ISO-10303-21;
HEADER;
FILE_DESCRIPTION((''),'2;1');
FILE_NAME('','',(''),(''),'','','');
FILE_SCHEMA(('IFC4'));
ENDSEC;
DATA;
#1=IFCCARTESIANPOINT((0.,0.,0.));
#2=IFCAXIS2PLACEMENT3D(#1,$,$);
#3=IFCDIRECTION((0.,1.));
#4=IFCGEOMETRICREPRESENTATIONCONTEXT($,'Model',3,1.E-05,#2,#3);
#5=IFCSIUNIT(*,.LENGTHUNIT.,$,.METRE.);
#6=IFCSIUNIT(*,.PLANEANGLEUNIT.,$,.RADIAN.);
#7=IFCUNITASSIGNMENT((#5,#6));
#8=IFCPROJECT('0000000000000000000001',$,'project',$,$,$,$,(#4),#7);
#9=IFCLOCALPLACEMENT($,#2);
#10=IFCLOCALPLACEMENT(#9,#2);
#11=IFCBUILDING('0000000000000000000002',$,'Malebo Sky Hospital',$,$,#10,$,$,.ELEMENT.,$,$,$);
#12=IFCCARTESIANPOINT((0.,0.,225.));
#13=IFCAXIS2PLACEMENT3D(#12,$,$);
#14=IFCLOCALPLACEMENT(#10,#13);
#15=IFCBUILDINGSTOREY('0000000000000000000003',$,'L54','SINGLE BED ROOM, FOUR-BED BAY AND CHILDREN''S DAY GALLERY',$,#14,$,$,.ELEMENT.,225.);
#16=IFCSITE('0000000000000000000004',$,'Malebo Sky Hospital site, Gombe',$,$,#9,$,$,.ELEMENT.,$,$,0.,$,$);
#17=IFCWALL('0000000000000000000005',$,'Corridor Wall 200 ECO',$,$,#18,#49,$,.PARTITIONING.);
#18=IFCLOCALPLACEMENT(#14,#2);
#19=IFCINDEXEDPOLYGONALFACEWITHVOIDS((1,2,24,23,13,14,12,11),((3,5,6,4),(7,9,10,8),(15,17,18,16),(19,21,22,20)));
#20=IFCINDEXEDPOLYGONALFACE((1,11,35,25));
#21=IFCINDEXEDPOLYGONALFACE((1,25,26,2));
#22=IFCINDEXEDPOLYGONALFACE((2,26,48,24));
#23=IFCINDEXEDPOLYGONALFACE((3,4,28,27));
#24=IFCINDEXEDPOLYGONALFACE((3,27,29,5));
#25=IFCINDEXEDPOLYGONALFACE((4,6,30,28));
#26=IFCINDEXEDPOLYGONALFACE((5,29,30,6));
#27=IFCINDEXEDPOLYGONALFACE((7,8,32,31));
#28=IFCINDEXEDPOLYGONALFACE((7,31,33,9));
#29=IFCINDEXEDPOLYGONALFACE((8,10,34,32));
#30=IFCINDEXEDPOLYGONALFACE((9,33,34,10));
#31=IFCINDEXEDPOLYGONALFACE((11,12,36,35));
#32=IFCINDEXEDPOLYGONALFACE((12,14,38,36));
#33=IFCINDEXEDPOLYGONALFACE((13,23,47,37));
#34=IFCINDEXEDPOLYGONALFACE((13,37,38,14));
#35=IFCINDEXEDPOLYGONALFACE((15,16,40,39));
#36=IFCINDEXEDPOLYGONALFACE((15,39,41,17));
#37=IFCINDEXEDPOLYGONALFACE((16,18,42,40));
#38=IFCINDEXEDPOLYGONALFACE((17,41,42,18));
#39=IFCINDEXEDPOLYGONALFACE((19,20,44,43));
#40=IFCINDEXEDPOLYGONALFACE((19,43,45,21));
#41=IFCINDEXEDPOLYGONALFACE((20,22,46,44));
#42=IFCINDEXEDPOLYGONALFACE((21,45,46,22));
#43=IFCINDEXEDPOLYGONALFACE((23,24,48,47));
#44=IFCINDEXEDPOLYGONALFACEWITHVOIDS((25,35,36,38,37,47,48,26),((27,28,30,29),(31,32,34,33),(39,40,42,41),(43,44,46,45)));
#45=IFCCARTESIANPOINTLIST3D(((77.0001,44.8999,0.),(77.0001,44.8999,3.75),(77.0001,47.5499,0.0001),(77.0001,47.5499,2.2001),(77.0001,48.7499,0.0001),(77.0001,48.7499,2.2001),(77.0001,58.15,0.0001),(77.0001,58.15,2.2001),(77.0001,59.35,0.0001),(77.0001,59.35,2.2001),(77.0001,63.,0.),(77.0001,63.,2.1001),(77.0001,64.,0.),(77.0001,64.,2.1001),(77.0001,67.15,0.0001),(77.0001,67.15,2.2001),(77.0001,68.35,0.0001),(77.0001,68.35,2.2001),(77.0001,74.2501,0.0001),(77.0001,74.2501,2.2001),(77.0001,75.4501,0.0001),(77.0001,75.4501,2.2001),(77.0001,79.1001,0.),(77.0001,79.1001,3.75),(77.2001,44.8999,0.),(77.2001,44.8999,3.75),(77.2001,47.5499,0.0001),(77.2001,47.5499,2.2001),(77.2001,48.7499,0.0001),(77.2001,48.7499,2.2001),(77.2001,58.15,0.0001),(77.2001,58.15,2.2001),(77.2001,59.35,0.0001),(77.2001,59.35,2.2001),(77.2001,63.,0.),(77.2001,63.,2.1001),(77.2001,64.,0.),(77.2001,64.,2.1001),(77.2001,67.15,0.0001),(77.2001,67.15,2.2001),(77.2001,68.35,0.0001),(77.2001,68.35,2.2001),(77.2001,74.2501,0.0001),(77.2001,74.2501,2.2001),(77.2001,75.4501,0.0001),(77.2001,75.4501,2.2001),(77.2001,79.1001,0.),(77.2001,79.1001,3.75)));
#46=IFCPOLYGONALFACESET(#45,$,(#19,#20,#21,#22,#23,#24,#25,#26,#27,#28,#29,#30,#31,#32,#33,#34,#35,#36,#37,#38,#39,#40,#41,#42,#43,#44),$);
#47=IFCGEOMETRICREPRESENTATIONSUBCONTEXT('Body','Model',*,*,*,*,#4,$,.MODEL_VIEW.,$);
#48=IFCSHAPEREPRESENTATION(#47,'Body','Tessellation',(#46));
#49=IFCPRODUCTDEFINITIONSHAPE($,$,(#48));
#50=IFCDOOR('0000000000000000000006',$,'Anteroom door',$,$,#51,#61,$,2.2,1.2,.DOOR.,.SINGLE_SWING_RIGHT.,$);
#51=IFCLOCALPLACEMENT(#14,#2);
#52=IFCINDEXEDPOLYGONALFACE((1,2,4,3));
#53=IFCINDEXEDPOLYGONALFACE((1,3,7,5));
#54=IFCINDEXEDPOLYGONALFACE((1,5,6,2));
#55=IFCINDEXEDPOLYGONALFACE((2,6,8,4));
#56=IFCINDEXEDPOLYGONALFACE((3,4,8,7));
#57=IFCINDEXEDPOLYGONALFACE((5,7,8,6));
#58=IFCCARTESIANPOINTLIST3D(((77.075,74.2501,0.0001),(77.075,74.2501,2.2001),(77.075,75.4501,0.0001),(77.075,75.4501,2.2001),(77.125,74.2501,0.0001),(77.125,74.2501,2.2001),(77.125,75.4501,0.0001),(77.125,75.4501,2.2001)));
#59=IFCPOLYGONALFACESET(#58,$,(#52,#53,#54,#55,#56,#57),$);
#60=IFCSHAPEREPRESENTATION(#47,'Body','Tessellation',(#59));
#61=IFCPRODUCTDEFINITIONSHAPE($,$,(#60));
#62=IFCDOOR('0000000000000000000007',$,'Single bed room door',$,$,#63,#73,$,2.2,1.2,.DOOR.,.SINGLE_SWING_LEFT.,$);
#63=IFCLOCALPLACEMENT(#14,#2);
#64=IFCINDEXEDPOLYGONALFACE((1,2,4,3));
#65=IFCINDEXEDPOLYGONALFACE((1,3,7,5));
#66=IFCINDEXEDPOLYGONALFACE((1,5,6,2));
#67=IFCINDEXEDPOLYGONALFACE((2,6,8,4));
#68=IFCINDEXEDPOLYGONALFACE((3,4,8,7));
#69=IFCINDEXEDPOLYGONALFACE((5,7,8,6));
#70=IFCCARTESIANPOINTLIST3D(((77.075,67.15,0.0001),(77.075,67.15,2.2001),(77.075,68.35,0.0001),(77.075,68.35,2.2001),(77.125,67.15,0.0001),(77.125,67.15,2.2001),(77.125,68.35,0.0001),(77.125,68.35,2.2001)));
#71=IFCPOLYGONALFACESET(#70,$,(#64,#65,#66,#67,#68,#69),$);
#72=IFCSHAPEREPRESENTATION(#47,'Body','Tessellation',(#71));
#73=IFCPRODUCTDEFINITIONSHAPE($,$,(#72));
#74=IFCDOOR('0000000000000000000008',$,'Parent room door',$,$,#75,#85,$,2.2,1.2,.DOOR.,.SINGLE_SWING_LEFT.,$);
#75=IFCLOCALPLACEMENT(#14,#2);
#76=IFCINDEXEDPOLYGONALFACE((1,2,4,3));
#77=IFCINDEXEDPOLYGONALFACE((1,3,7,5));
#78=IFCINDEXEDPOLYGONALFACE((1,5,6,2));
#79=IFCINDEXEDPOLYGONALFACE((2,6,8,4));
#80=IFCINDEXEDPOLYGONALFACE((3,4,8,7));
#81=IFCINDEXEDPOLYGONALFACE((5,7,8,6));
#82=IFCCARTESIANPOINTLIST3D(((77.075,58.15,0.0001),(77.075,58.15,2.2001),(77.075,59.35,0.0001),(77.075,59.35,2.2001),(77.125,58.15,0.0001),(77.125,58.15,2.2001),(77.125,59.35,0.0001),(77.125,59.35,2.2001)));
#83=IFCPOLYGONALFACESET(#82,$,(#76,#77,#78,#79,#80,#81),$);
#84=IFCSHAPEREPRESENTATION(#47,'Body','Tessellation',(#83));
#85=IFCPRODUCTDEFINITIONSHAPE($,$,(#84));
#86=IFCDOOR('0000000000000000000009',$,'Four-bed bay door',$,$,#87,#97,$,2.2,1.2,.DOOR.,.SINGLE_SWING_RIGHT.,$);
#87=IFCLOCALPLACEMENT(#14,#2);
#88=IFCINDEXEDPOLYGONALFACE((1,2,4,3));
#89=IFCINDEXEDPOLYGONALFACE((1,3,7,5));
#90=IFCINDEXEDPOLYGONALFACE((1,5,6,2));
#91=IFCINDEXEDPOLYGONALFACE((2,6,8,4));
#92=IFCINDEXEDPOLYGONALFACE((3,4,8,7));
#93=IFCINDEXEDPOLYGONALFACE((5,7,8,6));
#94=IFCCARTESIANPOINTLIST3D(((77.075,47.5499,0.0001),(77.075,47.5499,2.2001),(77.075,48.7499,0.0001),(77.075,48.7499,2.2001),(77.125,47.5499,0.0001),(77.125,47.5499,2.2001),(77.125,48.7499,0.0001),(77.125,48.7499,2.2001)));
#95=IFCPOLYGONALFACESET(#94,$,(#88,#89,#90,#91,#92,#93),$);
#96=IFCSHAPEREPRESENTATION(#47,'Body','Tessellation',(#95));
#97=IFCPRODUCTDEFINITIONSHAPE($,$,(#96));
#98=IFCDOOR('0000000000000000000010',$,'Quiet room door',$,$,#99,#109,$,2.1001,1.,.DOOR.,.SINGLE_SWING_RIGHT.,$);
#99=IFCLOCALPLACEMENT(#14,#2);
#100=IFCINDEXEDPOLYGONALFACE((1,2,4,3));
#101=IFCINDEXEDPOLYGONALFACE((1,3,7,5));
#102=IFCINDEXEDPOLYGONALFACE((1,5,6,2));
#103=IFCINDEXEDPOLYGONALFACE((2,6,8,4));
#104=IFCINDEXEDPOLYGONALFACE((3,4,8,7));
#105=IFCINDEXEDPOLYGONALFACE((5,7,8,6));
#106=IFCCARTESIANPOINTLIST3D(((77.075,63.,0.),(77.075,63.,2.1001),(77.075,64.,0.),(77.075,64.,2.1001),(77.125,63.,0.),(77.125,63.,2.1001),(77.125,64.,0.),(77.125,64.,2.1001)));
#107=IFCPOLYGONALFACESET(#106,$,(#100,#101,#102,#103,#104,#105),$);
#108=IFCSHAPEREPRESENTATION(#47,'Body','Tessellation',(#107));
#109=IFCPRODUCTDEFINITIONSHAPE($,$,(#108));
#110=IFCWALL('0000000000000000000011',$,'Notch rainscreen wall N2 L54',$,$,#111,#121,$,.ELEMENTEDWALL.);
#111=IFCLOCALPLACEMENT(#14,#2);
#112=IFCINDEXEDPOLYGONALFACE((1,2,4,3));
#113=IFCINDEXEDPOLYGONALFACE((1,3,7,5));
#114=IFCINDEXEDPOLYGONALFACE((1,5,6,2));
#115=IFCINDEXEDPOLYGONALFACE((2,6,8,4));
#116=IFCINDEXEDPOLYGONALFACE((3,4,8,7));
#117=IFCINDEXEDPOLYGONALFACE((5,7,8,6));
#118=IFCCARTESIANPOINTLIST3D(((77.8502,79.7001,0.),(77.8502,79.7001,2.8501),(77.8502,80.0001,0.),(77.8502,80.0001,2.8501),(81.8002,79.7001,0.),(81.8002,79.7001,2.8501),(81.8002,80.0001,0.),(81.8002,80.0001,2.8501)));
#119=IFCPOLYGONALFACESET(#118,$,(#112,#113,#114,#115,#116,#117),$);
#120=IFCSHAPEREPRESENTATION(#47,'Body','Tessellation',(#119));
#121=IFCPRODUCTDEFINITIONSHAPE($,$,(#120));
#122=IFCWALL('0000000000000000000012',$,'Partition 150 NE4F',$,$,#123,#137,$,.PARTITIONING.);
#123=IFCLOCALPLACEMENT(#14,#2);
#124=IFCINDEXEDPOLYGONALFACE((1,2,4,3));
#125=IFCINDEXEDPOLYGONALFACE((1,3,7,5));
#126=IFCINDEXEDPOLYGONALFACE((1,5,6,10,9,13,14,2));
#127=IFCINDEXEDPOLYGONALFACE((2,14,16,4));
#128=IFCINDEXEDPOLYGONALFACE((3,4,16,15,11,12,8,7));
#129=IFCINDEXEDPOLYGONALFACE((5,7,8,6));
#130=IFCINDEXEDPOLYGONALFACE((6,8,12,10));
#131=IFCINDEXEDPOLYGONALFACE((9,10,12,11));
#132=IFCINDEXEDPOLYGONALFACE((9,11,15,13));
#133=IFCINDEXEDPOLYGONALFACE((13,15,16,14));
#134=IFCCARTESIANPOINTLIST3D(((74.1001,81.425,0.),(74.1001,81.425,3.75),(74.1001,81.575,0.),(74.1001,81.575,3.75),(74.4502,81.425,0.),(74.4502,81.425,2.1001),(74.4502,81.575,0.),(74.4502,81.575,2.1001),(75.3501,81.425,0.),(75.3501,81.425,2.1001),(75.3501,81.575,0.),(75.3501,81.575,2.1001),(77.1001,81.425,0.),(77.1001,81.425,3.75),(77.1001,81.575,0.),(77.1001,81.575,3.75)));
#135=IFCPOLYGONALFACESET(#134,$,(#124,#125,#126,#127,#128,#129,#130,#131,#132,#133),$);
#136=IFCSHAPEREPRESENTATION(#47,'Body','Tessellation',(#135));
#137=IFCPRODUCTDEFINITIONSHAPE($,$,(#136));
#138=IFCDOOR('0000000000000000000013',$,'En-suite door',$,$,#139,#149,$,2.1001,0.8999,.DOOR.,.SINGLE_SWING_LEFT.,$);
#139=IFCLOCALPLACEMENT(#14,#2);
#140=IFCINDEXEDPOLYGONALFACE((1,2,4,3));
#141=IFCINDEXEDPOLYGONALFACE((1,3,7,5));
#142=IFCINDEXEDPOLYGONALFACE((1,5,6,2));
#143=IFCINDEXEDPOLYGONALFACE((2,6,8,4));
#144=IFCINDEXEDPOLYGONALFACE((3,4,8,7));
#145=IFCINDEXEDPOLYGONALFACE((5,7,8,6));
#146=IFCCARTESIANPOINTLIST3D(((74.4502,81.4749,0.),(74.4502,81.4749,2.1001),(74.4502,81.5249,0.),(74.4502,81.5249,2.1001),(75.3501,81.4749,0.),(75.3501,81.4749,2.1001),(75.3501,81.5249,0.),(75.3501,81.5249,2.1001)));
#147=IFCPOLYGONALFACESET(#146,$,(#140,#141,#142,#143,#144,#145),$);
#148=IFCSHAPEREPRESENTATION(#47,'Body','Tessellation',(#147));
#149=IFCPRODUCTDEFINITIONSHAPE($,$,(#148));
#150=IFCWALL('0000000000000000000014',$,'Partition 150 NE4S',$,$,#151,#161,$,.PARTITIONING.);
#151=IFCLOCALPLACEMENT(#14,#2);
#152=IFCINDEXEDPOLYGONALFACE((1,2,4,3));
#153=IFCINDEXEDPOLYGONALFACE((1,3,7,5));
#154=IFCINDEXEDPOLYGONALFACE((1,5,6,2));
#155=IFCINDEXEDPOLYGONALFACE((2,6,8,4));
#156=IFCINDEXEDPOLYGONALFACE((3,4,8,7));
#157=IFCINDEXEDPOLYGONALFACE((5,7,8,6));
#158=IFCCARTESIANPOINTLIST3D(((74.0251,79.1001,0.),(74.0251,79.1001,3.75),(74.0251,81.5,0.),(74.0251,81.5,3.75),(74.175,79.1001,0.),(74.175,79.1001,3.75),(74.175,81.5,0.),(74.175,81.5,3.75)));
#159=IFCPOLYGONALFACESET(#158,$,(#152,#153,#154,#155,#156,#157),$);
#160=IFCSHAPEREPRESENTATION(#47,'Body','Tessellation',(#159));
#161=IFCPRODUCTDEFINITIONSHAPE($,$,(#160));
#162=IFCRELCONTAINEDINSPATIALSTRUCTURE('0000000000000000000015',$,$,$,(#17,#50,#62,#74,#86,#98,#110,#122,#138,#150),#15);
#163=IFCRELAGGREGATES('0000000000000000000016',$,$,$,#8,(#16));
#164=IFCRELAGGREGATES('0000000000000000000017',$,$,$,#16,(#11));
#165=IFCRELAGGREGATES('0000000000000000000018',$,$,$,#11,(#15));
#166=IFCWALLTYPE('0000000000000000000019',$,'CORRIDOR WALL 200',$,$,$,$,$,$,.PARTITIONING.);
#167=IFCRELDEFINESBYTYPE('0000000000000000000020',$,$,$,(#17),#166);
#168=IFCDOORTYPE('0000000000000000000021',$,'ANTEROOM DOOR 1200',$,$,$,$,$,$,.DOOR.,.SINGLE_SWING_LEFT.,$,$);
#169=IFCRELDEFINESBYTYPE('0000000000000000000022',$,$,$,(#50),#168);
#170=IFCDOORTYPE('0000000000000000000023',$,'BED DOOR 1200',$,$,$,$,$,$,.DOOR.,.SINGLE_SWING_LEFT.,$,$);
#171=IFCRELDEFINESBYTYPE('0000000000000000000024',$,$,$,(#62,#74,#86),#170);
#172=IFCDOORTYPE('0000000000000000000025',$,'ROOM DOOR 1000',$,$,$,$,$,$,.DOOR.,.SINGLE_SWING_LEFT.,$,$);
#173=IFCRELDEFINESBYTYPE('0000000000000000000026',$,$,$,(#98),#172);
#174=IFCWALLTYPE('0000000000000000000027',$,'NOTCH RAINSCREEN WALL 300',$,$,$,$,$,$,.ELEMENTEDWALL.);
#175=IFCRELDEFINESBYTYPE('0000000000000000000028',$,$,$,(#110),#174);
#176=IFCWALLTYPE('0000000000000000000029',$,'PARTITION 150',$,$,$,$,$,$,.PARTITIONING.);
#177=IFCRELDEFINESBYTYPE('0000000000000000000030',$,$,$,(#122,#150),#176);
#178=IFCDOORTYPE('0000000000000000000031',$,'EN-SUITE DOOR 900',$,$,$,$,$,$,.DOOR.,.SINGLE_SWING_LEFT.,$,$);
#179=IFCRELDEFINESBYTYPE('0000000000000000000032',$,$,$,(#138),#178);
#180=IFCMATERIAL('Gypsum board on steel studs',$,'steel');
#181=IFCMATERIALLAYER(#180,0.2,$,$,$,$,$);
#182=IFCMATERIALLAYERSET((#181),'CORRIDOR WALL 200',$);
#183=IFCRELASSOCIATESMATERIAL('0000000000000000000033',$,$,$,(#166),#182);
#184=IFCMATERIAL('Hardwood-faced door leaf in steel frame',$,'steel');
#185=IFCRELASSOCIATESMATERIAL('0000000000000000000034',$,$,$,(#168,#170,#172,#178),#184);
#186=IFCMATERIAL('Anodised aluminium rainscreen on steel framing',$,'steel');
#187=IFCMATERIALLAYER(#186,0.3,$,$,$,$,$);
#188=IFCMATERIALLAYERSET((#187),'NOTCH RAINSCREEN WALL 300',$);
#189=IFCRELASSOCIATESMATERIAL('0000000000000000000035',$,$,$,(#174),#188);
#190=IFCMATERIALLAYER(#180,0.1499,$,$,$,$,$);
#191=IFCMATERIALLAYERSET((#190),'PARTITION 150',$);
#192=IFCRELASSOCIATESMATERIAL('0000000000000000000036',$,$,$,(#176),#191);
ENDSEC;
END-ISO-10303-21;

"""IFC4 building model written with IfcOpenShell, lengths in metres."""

from ifc_helpers import new_model, si_unit, direction, frame, frame_2d, origin, place, context, subcontext, project, spatial, rectangle, extrude, material, layer, layer_set, type_object, element, fill, save


model = new_model("IFC4")

# Units and contexts
model_context = context("Model", 3, precision=1e-05, world=origin(), true_north=direction((0.0, 1.0)))
body_context = subcontext(model_context, "Body", "Model", "MODEL_VIEW")
ifc_project = project(units=[si_unit("LENGTHUNIT", "METRE"), si_unit("PLANEANGLEUNIT", "RADIAN")], contexts=[model_context])

# Site, building, storey
site_placement = place(None, origin())
site = spatial("IfcSite", under=ifc_project, at=site_placement, Name="Malebo Sky Hospital site, Gombe", CompositionType="ELEMENT", RefElevation=0.0)
building_placement = place(site_placement, origin())
building = spatial("IfcBuilding", under=site, at=building_placement, Name="Malebo Sky Hospital", CompositionType="ELEMENT")
storey_placement = place(building_placement, frame((0.0, 0.0, 225.0)))
storey = spatial("IfcBuildingStorey", under=building, at=storey_placement, Name="L54", Description="SINGLE BED ROOM, FOUR-BED BAY AND CHILDREN'S DAY GALLERY", CompositionType="ELEMENT", Elevation=225.0)

# Wall, openings, doors
ifc_material_1 = material(Name="Gypsum board on steel studs", Category="steel")
ifc_layer_1 = layer(ifc_material_1, 0.2)
ifc_layer_set_1 = layer_set([ifc_layer_1], Name="CORRIDOR WALL 200")
wall_type_1 = type_object("IfcWallType", Name="CORRIDOR WALL 200", PredefinedType="PARTITIONING", material=ifc_layer_set_1)
wall_1_placement = place(storey_placement, frame((77.1001, 79.1001, 0.0), z_axis=(0.0, 0.0, 1.0), x_axis=(0.0, -1.0, 0.0)))
wall_1 = element("IfcWall", 1, at=wall_1_placement, inside=storey, type_object=wall_type_1, Name="Corridor Wall 200 ECO", PredefinedType="PARTITIONING", context=body_context, shape_type="SweptSolid", body=[
    extrude(rectangle(XDim=34.2002, YDim=0.2, at=frame_2d((17.1001, 0.0))), origin(), (0.0, 0.0, 1.0), 3.75),
])
opening_1_placement = place(wall_1_placement, frame((3.6499, 0.0, 0.0)))
opening_1 = element("IfcOpeningElement", 2, at=opening_1_placement, cuts=wall_1, PredefinedType="OPENING", context=body_context, shape_type="SweptSolid", body=[
    extrude(rectangle(XDim=1.2, YDim=2.2, at=frame_2d((0.6001, 1.1001))), frame((0.0, 0.1099, 0.0), z_axis=(0.0, -1.0, 0.0), x_axis=(1.0, 0.0, 0.0)), (0.0, 0.0, 1.0), 0.22),
])
opening_2_placement = place(wall_1_placement, frame((10.75, 0.0, 0.0)))
opening_2 = element("IfcOpeningElement", 3, at=opening_2_placement, cuts=wall_1, PredefinedType="OPENING", context=body_context, shape_type="SweptSolid", body=[
    extrude(rectangle(XDim=1.2, YDim=2.2, at=frame_2d((0.6001, 1.1001))), frame((0.0, 0.1099, 0.0), z_axis=(0.0, -1.0, 0.0), x_axis=(1.0, 0.0, 0.0)), (0.0, 0.0, 1.0), 0.22),
])
opening_3_placement = place(wall_1_placement, frame((15.1001, 0.0, 0.0)))
opening_3 = element("IfcOpeningElement", 4, at=opening_3_placement, cuts=wall_1, PredefinedType="OPENING", context=body_context, shape_type="SweptSolid", body=[
    extrude(rectangle(XDim=1.0, YDim=2.1001, at=frame_2d((0.5, 1.05))), frame((0.0, 0.1099, 0.0), z_axis=(0.0, -1.0, 0.0), x_axis=(1.0, 0.0, 0.0)), (0.0, 0.0, 1.0), 0.22),
])
opening_4_placement = place(wall_1_placement, frame((19.75, 0.0, 0.0)))
opening_4 = element("IfcOpeningElement", 5, at=opening_4_placement, cuts=wall_1, PredefinedType="OPENING", context=body_context, shape_type="SweptSolid", body=[
    extrude(rectangle(XDim=1.2, YDim=2.2, at=frame_2d((0.6001, 1.1001))), frame((0.0, 0.1099, 0.0), z_axis=(0.0, -1.0, 0.0), x_axis=(1.0, 0.0, 0.0)), (0.0, 0.0, 1.0), 0.22),
])
opening_5_placement = place(wall_1_placement, frame((30.3501, 0.0, 0.0)))
opening_5 = element("IfcOpeningElement", 6, at=opening_5_placement, cuts=wall_1, PredefinedType="OPENING", context=body_context, shape_type="SweptSolid", body=[
    extrude(rectangle(XDim=1.2, YDim=2.2, at=frame_2d((0.6001, 1.1001))), frame((0.0, 0.1099, 0.0), z_axis=(0.0, -1.0, 0.0), x_axis=(1.0, 0.0, 0.0)), (0.0, 0.0, 1.0), 0.22),
])
ifc_material_2 = material(Name="Hardwood-faced door leaf in steel frame", Category="steel")
door_type_1 = type_object("IfcDoorType", Name="ANTEROOM DOOR 1200", OperationType="SINGLE_SWING_LEFT", PredefinedType="DOOR", material=ifc_material_2)
door_1_placement = place(opening_1_placement, origin())
door_1 = element("IfcDoor", 7, at=door_1_placement, inside=storey, type_object=door_type_1, Name="Anteroom door", OperationType="SINGLE_SWING_RIGHT", OverallHeight=2.2, OverallWidth=1.2, PredefinedType="DOOR", context=body_context, shape_type="SweptSolid", body=[
    extrude(rectangle(XDim=1.2, YDim=2.2, at=frame_2d((0.6001, 1.1001))), frame((0.0, 0.0249, 0.0), z_axis=(0.0, -1.0, 0.0), x_axis=(1.0, 0.0, 0.0)), (0.0, 0.0, 1.0), 0.05),
])
fill(opening_1, door_1)
door_type_2 = type_object("IfcDoorType", Name="BED DOOR 1200", OperationType="SINGLE_SWING_LEFT", PredefinedType="DOOR", material=ifc_material_2)
door_2_placement = place(opening_2_placement, origin())
door_2 = element("IfcDoor", 8, at=door_2_placement, inside=storey, type_object=door_type_2, Name="Single bed room door", OperationType="SINGLE_SWING_LEFT", OverallHeight=2.2, OverallWidth=1.2, PredefinedType="DOOR", context=body_context, shape_type="SweptSolid", body=[
    extrude(rectangle(XDim=1.2, YDim=2.2, at=frame_2d((0.6001, 1.1001))), frame((0.0, 0.0249, 0.0), z_axis=(0.0, -1.0, 0.0), x_axis=(1.0, 0.0, 0.0)), (0.0, 0.0, 1.0), 0.05),
])
fill(opening_2, door_2)
door_3_placement = place(opening_4_placement, origin())
door_3 = element("IfcDoor", 9, at=door_3_placement, inside=storey, type_object=door_type_2, Name="Parent room door", OperationType="SINGLE_SWING_LEFT", OverallHeight=2.2, OverallWidth=1.2, PredefinedType="DOOR", context=body_context, shape_type="SweptSolid", body=[
    extrude(rectangle(XDim=1.2, YDim=2.2, at=frame_2d((0.6001, 1.1001))), frame((0.0, 0.0249, 0.0), z_axis=(0.0, -1.0, 0.0), x_axis=(1.0, 0.0, 0.0)), (0.0, 0.0, 1.0), 0.05),
])
fill(opening_4, door_3)
door_4_placement = place(opening_5_placement, origin())
door_4 = element("IfcDoor", 10, at=door_4_placement, inside=storey, type_object=door_type_2, Name="Four-bed bay door", OperationType="SINGLE_SWING_RIGHT", OverallHeight=2.2, OverallWidth=1.2, PredefinedType="DOOR", context=body_context, shape_type="SweptSolid", body=[
    extrude(rectangle(XDim=1.2, YDim=2.2, at=frame_2d((0.6001, 1.1001))), frame((0.0, 0.0249, 0.0), z_axis=(0.0, -1.0, 0.0), x_axis=(1.0, 0.0, 0.0)), (0.0, 0.0, 1.0), 0.05),
])
fill(opening_5, door_4)
door_type_3 = type_object("IfcDoorType", Name="ROOM DOOR 1000", OperationType="SINGLE_SWING_LEFT", PredefinedType="DOOR", material=ifc_material_2)
door_5_placement = place(opening_3_placement, origin())
door_5 = element("IfcDoor", 11, at=door_5_placement, inside=storey, type_object=door_type_3, Name="Quiet room door", OperationType="SINGLE_SWING_RIGHT", OverallHeight=2.1001, OverallWidth=1.0, PredefinedType="DOOR", context=body_context, shape_type="SweptSolid", body=[
    extrude(rectangle(XDim=1.0, YDim=2.1001, at=frame_2d((0.5, 1.05))), frame((0.0, 0.0249, 0.0), z_axis=(0.0, -1.0, 0.0), x_axis=(1.0, 0.0, 0.0)), (0.0, 0.0, 1.0), 0.05),
])
fill(opening_3, door_5)

# Wall
ifc_material_3 = material(Name="Anodised aluminium rainscreen on steel framing", Category="steel")
ifc_layer_2 = layer(ifc_material_3, 0.3)
ifc_layer_set_2 = layer_set([ifc_layer_2], Name="NOTCH RAINSCREEN WALL 300")
wall_type_2 = type_object("IfcWallType", Name="NOTCH RAINSCREEN WALL 300", PredefinedType="ELEMENTEDWALL", material=ifc_layer_set_2)
wall_2_placement = place(storey_placement, frame((77.8501, 79.8501, 0.0), z_axis=(0.0, 0.0, 1.0), x_axis=(1.0, 0.0, 0.0)))
element("IfcWall", 12, at=wall_2_placement, inside=storey, type_object=wall_type_2, Name="Notch rainscreen wall N2 L54", PredefinedType="ELEMENTEDWALL", context=body_context, shape_type="SweptSolid", body=[
    extrude(rectangle(XDim=3.95, YDim=0.3, at=frame_2d((1.9751, 0.0))), origin(), (0.0, 0.0, 1.0), 2.8501),
])

# Wall, opening, door
ifc_layer_3 = layer(ifc_material_1, 0.1499)
ifc_layer_set_3 = layer_set([ifc_layer_3], Name="PARTITION 150")
wall_type_3 = type_object("IfcWallType", Name="PARTITION 150", PredefinedType="PARTITIONING", material=ifc_layer_set_3)
wall_3_placement = place(storey_placement, frame((74.1001, 81.5, 0.0), z_axis=(0.0, 0.0, 1.0), x_axis=(1.0, 0.0, 0.0)))
wall_3 = element("IfcWall", 13, at=wall_3_placement, inside=storey, type_object=wall_type_3, Name="Partition 150 NE4F", PredefinedType="PARTITIONING", context=body_context, shape_type="SweptSolid", body=[
    extrude(rectangle(XDim=3.0, YDim=0.1499, at=frame_2d((1.5, 0.0))), origin(), (0.0, 0.0, 1.0), 3.75),
])
opening_6_placement = place(wall_3_placement, frame((0.3501, 0.0, 0.0)))
opening_6 = element("IfcOpeningElement", 14, at=opening_6_placement, cuts=wall_3, PredefinedType="OPENING", context=body_context, shape_type="SweptSolid", body=[
    extrude(rectangle(XDim=0.8999, YDim=2.1001, at=frame_2d((0.45, 1.05))), frame((0.0, 0.085, 0.0), z_axis=(0.0, -1.0, 0.0), x_axis=(1.0, 0.0, 0.0)), (0.0, 0.0, 1.0), 0.1699),
])
door_type_4 = type_object("IfcDoorType", Name="EN-SUITE DOOR 900", OperationType="SINGLE_SWING_LEFT", PredefinedType="DOOR", material=ifc_material_2)
door_6_placement = place(opening_6_placement, origin())
door_6 = element("IfcDoor", 15, at=door_6_placement, inside=storey, type_object=door_type_4, Name="En-suite door", OperationType="SINGLE_SWING_LEFT", OverallHeight=2.1001, OverallWidth=0.8999, PredefinedType="DOOR", context=body_context, shape_type="SweptSolid", body=[
    extrude(rectangle(XDim=0.8999, YDim=2.1001, at=frame_2d((0.45, 1.05))), frame((0.0, 0.0249, 0.0), z_axis=(0.0, -1.0, 0.0), x_axis=(1.0, 0.0, 0.0)), (0.0, 0.0, 1.0), 0.05),
])
fill(opening_6, door_6)

# Wall
for number, where, z_axis, x_axis, name in (
    (16, (74.1001, 79.1001, 0.0), (0.0, 0.0, 1.0), (0.0, 1.0, 0.0), "Partition 150 NE4S"),
):
    element("IfcWall", number, at=place(storey_placement, frame(where, z_axis=z_axis, x_axis=x_axis)), inside=storey, type_object=wall_type_3, Name=name, PredefinedType="PARTITIONING", context=body_context, shape_type="SweptSolid", body=[
        extrude(rectangle(XDim=2.3999, YDim=0.1499, at=frame_2d((1.2, 0.0))), origin(), (0.0, 0.0, 1.0), 3.75),
    ])

save(model, "model.ifc")
